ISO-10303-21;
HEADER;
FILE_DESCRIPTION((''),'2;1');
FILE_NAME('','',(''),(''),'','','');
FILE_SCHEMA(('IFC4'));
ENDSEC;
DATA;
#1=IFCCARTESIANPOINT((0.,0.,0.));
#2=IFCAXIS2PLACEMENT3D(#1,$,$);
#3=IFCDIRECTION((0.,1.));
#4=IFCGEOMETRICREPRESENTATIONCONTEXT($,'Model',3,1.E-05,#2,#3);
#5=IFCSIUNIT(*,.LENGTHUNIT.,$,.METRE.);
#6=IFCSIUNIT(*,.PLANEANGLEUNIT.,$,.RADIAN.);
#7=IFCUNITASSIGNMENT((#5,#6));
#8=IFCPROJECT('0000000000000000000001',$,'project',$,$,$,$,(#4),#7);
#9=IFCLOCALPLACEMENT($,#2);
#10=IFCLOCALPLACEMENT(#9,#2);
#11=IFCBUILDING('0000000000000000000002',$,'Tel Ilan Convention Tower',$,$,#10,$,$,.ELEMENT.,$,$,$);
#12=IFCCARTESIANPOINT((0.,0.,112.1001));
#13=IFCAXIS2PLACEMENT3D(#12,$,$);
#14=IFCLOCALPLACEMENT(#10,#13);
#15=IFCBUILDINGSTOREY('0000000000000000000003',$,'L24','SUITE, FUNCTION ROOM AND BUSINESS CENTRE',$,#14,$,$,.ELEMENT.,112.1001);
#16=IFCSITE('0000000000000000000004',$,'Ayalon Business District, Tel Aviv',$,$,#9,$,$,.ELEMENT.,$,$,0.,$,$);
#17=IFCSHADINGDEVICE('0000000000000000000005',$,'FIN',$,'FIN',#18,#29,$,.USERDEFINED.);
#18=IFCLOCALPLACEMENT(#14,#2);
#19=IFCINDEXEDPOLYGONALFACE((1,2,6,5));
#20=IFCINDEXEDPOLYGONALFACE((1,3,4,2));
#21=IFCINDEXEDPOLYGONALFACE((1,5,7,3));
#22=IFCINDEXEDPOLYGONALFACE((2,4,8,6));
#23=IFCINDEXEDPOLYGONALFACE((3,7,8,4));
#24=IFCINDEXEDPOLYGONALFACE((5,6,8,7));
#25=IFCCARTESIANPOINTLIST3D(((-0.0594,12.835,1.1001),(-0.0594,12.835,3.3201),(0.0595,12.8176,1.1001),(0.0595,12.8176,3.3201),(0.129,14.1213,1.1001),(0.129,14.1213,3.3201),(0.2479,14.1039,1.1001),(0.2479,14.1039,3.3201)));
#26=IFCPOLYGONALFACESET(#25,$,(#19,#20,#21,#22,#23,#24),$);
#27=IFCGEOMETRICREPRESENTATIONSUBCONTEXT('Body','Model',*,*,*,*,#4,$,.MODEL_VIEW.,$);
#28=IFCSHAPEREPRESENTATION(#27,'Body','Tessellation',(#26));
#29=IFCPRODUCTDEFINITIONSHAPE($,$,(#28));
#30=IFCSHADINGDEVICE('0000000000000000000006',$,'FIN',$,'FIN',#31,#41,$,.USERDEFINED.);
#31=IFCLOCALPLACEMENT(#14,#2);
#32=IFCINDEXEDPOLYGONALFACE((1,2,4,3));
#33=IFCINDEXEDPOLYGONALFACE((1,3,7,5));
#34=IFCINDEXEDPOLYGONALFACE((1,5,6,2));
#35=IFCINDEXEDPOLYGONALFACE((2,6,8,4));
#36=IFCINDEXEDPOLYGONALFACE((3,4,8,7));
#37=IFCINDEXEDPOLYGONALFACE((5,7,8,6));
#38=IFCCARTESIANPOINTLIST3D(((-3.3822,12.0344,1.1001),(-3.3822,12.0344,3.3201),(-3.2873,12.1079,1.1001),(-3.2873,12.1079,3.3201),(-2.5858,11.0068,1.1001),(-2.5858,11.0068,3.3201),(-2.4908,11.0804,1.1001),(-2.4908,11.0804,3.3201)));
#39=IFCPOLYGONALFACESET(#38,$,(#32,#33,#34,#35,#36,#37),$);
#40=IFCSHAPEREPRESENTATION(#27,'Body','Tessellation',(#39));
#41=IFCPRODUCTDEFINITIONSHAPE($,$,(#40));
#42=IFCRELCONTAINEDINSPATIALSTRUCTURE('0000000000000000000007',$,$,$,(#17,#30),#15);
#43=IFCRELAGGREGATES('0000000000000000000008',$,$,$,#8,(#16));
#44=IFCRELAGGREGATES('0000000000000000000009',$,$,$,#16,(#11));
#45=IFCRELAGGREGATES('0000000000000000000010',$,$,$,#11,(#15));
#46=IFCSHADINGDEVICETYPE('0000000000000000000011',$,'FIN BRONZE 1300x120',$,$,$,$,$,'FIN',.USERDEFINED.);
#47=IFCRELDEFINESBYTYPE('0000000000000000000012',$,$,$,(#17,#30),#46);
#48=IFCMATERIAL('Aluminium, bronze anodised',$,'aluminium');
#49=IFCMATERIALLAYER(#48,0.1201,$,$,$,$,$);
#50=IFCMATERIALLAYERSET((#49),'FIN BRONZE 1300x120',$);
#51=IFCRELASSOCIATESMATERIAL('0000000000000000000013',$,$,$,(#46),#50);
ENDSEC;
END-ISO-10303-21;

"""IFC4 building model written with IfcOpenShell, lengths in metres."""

from ifc_helpers import new_model, si_unit, direction, frame, origin, origin_2d, place, context, subcontext, project, spatial, rectangle, extrude, material, layer, layer_set, type_object, element, save


model = new_model("IFC4")

# Units and contexts
model_context = context("Model", 3, precision=1e-05, world=origin(), true_north=direction((0.0, 1.0)))
body_context = subcontext(model_context, "Body", "Model", "MODEL_VIEW")
ifc_project = project(units=[si_unit("LENGTHUNIT", "METRE"), si_unit("PLANEANGLEUNIT", "RADIAN")], contexts=[model_context])

# Site, building, storey
site_placement = place(None, origin())
site = spatial("IfcSite", under=ifc_project, at=site_placement, Name="Ayalon Business District, Tel Aviv", CompositionType="ELEMENT", RefElevation=0.0)
building_placement = place(site_placement, origin())
building = spatial("IfcBuilding", under=site, at=building_placement, Name="Tel Ilan Convention Tower", CompositionType="ELEMENT")
storey_placement = place(building_placement, frame((0.0, 0.0, 112.1001)))
storey = spatial("IfcBuildingStorey", under=building, at=storey_placement, Name="L24", Description="SUITE, FUNCTION ROOM AND BUSINESS CENTRE", CompositionType="ELEMENT", Elevation=112.1001)

# Shading devices
ifc_material_1 = material(Name="Aluminium, bronze anodised", Category="aluminium")
ifc_layer_1 = layer(ifc_material_1, 0.1201)
ifc_layer_set_1 = layer_set([ifc_layer_1], Name="FIN BRONZE 1300x120")
shading_device_type_1 = type_object("IfcShadingDeviceType", Name="FIN BRONZE 1300x120", ElementType="FIN", PredefinedType="USERDEFINED", material=ifc_layer_set_1)
for number, where, z_axis, x_axis, name in (
    (1, (0.0942, 13.4695, 1.1001), (0.0, 0.0, 1.0), (0.144932, 0.989442, 0.0), "FIN"),
    (2, (-2.9365, 11.5574, 1.1001), (0.0, 0.0, 1.0), (-0.612601, 0.790393, 0.0), "FIN"),
):
    element("IfcShadingDevice", number, at=place(storey_placement, frame(where, z_axis=z_axis, x_axis=x_axis)), inside=storey, type_object=shading_device_type_1, Name=name, ObjectType="FIN", PredefinedType="USERDEFINED", context=body_context, shape_type="SweptSolid", body=[
        extrude(rectangle(XDim=1.3, YDim=0.1201, at=origin_2d()), origin(), (0.0, 0.0, 1.0), 2.22),
    ])

save(model, "model.ifc")
